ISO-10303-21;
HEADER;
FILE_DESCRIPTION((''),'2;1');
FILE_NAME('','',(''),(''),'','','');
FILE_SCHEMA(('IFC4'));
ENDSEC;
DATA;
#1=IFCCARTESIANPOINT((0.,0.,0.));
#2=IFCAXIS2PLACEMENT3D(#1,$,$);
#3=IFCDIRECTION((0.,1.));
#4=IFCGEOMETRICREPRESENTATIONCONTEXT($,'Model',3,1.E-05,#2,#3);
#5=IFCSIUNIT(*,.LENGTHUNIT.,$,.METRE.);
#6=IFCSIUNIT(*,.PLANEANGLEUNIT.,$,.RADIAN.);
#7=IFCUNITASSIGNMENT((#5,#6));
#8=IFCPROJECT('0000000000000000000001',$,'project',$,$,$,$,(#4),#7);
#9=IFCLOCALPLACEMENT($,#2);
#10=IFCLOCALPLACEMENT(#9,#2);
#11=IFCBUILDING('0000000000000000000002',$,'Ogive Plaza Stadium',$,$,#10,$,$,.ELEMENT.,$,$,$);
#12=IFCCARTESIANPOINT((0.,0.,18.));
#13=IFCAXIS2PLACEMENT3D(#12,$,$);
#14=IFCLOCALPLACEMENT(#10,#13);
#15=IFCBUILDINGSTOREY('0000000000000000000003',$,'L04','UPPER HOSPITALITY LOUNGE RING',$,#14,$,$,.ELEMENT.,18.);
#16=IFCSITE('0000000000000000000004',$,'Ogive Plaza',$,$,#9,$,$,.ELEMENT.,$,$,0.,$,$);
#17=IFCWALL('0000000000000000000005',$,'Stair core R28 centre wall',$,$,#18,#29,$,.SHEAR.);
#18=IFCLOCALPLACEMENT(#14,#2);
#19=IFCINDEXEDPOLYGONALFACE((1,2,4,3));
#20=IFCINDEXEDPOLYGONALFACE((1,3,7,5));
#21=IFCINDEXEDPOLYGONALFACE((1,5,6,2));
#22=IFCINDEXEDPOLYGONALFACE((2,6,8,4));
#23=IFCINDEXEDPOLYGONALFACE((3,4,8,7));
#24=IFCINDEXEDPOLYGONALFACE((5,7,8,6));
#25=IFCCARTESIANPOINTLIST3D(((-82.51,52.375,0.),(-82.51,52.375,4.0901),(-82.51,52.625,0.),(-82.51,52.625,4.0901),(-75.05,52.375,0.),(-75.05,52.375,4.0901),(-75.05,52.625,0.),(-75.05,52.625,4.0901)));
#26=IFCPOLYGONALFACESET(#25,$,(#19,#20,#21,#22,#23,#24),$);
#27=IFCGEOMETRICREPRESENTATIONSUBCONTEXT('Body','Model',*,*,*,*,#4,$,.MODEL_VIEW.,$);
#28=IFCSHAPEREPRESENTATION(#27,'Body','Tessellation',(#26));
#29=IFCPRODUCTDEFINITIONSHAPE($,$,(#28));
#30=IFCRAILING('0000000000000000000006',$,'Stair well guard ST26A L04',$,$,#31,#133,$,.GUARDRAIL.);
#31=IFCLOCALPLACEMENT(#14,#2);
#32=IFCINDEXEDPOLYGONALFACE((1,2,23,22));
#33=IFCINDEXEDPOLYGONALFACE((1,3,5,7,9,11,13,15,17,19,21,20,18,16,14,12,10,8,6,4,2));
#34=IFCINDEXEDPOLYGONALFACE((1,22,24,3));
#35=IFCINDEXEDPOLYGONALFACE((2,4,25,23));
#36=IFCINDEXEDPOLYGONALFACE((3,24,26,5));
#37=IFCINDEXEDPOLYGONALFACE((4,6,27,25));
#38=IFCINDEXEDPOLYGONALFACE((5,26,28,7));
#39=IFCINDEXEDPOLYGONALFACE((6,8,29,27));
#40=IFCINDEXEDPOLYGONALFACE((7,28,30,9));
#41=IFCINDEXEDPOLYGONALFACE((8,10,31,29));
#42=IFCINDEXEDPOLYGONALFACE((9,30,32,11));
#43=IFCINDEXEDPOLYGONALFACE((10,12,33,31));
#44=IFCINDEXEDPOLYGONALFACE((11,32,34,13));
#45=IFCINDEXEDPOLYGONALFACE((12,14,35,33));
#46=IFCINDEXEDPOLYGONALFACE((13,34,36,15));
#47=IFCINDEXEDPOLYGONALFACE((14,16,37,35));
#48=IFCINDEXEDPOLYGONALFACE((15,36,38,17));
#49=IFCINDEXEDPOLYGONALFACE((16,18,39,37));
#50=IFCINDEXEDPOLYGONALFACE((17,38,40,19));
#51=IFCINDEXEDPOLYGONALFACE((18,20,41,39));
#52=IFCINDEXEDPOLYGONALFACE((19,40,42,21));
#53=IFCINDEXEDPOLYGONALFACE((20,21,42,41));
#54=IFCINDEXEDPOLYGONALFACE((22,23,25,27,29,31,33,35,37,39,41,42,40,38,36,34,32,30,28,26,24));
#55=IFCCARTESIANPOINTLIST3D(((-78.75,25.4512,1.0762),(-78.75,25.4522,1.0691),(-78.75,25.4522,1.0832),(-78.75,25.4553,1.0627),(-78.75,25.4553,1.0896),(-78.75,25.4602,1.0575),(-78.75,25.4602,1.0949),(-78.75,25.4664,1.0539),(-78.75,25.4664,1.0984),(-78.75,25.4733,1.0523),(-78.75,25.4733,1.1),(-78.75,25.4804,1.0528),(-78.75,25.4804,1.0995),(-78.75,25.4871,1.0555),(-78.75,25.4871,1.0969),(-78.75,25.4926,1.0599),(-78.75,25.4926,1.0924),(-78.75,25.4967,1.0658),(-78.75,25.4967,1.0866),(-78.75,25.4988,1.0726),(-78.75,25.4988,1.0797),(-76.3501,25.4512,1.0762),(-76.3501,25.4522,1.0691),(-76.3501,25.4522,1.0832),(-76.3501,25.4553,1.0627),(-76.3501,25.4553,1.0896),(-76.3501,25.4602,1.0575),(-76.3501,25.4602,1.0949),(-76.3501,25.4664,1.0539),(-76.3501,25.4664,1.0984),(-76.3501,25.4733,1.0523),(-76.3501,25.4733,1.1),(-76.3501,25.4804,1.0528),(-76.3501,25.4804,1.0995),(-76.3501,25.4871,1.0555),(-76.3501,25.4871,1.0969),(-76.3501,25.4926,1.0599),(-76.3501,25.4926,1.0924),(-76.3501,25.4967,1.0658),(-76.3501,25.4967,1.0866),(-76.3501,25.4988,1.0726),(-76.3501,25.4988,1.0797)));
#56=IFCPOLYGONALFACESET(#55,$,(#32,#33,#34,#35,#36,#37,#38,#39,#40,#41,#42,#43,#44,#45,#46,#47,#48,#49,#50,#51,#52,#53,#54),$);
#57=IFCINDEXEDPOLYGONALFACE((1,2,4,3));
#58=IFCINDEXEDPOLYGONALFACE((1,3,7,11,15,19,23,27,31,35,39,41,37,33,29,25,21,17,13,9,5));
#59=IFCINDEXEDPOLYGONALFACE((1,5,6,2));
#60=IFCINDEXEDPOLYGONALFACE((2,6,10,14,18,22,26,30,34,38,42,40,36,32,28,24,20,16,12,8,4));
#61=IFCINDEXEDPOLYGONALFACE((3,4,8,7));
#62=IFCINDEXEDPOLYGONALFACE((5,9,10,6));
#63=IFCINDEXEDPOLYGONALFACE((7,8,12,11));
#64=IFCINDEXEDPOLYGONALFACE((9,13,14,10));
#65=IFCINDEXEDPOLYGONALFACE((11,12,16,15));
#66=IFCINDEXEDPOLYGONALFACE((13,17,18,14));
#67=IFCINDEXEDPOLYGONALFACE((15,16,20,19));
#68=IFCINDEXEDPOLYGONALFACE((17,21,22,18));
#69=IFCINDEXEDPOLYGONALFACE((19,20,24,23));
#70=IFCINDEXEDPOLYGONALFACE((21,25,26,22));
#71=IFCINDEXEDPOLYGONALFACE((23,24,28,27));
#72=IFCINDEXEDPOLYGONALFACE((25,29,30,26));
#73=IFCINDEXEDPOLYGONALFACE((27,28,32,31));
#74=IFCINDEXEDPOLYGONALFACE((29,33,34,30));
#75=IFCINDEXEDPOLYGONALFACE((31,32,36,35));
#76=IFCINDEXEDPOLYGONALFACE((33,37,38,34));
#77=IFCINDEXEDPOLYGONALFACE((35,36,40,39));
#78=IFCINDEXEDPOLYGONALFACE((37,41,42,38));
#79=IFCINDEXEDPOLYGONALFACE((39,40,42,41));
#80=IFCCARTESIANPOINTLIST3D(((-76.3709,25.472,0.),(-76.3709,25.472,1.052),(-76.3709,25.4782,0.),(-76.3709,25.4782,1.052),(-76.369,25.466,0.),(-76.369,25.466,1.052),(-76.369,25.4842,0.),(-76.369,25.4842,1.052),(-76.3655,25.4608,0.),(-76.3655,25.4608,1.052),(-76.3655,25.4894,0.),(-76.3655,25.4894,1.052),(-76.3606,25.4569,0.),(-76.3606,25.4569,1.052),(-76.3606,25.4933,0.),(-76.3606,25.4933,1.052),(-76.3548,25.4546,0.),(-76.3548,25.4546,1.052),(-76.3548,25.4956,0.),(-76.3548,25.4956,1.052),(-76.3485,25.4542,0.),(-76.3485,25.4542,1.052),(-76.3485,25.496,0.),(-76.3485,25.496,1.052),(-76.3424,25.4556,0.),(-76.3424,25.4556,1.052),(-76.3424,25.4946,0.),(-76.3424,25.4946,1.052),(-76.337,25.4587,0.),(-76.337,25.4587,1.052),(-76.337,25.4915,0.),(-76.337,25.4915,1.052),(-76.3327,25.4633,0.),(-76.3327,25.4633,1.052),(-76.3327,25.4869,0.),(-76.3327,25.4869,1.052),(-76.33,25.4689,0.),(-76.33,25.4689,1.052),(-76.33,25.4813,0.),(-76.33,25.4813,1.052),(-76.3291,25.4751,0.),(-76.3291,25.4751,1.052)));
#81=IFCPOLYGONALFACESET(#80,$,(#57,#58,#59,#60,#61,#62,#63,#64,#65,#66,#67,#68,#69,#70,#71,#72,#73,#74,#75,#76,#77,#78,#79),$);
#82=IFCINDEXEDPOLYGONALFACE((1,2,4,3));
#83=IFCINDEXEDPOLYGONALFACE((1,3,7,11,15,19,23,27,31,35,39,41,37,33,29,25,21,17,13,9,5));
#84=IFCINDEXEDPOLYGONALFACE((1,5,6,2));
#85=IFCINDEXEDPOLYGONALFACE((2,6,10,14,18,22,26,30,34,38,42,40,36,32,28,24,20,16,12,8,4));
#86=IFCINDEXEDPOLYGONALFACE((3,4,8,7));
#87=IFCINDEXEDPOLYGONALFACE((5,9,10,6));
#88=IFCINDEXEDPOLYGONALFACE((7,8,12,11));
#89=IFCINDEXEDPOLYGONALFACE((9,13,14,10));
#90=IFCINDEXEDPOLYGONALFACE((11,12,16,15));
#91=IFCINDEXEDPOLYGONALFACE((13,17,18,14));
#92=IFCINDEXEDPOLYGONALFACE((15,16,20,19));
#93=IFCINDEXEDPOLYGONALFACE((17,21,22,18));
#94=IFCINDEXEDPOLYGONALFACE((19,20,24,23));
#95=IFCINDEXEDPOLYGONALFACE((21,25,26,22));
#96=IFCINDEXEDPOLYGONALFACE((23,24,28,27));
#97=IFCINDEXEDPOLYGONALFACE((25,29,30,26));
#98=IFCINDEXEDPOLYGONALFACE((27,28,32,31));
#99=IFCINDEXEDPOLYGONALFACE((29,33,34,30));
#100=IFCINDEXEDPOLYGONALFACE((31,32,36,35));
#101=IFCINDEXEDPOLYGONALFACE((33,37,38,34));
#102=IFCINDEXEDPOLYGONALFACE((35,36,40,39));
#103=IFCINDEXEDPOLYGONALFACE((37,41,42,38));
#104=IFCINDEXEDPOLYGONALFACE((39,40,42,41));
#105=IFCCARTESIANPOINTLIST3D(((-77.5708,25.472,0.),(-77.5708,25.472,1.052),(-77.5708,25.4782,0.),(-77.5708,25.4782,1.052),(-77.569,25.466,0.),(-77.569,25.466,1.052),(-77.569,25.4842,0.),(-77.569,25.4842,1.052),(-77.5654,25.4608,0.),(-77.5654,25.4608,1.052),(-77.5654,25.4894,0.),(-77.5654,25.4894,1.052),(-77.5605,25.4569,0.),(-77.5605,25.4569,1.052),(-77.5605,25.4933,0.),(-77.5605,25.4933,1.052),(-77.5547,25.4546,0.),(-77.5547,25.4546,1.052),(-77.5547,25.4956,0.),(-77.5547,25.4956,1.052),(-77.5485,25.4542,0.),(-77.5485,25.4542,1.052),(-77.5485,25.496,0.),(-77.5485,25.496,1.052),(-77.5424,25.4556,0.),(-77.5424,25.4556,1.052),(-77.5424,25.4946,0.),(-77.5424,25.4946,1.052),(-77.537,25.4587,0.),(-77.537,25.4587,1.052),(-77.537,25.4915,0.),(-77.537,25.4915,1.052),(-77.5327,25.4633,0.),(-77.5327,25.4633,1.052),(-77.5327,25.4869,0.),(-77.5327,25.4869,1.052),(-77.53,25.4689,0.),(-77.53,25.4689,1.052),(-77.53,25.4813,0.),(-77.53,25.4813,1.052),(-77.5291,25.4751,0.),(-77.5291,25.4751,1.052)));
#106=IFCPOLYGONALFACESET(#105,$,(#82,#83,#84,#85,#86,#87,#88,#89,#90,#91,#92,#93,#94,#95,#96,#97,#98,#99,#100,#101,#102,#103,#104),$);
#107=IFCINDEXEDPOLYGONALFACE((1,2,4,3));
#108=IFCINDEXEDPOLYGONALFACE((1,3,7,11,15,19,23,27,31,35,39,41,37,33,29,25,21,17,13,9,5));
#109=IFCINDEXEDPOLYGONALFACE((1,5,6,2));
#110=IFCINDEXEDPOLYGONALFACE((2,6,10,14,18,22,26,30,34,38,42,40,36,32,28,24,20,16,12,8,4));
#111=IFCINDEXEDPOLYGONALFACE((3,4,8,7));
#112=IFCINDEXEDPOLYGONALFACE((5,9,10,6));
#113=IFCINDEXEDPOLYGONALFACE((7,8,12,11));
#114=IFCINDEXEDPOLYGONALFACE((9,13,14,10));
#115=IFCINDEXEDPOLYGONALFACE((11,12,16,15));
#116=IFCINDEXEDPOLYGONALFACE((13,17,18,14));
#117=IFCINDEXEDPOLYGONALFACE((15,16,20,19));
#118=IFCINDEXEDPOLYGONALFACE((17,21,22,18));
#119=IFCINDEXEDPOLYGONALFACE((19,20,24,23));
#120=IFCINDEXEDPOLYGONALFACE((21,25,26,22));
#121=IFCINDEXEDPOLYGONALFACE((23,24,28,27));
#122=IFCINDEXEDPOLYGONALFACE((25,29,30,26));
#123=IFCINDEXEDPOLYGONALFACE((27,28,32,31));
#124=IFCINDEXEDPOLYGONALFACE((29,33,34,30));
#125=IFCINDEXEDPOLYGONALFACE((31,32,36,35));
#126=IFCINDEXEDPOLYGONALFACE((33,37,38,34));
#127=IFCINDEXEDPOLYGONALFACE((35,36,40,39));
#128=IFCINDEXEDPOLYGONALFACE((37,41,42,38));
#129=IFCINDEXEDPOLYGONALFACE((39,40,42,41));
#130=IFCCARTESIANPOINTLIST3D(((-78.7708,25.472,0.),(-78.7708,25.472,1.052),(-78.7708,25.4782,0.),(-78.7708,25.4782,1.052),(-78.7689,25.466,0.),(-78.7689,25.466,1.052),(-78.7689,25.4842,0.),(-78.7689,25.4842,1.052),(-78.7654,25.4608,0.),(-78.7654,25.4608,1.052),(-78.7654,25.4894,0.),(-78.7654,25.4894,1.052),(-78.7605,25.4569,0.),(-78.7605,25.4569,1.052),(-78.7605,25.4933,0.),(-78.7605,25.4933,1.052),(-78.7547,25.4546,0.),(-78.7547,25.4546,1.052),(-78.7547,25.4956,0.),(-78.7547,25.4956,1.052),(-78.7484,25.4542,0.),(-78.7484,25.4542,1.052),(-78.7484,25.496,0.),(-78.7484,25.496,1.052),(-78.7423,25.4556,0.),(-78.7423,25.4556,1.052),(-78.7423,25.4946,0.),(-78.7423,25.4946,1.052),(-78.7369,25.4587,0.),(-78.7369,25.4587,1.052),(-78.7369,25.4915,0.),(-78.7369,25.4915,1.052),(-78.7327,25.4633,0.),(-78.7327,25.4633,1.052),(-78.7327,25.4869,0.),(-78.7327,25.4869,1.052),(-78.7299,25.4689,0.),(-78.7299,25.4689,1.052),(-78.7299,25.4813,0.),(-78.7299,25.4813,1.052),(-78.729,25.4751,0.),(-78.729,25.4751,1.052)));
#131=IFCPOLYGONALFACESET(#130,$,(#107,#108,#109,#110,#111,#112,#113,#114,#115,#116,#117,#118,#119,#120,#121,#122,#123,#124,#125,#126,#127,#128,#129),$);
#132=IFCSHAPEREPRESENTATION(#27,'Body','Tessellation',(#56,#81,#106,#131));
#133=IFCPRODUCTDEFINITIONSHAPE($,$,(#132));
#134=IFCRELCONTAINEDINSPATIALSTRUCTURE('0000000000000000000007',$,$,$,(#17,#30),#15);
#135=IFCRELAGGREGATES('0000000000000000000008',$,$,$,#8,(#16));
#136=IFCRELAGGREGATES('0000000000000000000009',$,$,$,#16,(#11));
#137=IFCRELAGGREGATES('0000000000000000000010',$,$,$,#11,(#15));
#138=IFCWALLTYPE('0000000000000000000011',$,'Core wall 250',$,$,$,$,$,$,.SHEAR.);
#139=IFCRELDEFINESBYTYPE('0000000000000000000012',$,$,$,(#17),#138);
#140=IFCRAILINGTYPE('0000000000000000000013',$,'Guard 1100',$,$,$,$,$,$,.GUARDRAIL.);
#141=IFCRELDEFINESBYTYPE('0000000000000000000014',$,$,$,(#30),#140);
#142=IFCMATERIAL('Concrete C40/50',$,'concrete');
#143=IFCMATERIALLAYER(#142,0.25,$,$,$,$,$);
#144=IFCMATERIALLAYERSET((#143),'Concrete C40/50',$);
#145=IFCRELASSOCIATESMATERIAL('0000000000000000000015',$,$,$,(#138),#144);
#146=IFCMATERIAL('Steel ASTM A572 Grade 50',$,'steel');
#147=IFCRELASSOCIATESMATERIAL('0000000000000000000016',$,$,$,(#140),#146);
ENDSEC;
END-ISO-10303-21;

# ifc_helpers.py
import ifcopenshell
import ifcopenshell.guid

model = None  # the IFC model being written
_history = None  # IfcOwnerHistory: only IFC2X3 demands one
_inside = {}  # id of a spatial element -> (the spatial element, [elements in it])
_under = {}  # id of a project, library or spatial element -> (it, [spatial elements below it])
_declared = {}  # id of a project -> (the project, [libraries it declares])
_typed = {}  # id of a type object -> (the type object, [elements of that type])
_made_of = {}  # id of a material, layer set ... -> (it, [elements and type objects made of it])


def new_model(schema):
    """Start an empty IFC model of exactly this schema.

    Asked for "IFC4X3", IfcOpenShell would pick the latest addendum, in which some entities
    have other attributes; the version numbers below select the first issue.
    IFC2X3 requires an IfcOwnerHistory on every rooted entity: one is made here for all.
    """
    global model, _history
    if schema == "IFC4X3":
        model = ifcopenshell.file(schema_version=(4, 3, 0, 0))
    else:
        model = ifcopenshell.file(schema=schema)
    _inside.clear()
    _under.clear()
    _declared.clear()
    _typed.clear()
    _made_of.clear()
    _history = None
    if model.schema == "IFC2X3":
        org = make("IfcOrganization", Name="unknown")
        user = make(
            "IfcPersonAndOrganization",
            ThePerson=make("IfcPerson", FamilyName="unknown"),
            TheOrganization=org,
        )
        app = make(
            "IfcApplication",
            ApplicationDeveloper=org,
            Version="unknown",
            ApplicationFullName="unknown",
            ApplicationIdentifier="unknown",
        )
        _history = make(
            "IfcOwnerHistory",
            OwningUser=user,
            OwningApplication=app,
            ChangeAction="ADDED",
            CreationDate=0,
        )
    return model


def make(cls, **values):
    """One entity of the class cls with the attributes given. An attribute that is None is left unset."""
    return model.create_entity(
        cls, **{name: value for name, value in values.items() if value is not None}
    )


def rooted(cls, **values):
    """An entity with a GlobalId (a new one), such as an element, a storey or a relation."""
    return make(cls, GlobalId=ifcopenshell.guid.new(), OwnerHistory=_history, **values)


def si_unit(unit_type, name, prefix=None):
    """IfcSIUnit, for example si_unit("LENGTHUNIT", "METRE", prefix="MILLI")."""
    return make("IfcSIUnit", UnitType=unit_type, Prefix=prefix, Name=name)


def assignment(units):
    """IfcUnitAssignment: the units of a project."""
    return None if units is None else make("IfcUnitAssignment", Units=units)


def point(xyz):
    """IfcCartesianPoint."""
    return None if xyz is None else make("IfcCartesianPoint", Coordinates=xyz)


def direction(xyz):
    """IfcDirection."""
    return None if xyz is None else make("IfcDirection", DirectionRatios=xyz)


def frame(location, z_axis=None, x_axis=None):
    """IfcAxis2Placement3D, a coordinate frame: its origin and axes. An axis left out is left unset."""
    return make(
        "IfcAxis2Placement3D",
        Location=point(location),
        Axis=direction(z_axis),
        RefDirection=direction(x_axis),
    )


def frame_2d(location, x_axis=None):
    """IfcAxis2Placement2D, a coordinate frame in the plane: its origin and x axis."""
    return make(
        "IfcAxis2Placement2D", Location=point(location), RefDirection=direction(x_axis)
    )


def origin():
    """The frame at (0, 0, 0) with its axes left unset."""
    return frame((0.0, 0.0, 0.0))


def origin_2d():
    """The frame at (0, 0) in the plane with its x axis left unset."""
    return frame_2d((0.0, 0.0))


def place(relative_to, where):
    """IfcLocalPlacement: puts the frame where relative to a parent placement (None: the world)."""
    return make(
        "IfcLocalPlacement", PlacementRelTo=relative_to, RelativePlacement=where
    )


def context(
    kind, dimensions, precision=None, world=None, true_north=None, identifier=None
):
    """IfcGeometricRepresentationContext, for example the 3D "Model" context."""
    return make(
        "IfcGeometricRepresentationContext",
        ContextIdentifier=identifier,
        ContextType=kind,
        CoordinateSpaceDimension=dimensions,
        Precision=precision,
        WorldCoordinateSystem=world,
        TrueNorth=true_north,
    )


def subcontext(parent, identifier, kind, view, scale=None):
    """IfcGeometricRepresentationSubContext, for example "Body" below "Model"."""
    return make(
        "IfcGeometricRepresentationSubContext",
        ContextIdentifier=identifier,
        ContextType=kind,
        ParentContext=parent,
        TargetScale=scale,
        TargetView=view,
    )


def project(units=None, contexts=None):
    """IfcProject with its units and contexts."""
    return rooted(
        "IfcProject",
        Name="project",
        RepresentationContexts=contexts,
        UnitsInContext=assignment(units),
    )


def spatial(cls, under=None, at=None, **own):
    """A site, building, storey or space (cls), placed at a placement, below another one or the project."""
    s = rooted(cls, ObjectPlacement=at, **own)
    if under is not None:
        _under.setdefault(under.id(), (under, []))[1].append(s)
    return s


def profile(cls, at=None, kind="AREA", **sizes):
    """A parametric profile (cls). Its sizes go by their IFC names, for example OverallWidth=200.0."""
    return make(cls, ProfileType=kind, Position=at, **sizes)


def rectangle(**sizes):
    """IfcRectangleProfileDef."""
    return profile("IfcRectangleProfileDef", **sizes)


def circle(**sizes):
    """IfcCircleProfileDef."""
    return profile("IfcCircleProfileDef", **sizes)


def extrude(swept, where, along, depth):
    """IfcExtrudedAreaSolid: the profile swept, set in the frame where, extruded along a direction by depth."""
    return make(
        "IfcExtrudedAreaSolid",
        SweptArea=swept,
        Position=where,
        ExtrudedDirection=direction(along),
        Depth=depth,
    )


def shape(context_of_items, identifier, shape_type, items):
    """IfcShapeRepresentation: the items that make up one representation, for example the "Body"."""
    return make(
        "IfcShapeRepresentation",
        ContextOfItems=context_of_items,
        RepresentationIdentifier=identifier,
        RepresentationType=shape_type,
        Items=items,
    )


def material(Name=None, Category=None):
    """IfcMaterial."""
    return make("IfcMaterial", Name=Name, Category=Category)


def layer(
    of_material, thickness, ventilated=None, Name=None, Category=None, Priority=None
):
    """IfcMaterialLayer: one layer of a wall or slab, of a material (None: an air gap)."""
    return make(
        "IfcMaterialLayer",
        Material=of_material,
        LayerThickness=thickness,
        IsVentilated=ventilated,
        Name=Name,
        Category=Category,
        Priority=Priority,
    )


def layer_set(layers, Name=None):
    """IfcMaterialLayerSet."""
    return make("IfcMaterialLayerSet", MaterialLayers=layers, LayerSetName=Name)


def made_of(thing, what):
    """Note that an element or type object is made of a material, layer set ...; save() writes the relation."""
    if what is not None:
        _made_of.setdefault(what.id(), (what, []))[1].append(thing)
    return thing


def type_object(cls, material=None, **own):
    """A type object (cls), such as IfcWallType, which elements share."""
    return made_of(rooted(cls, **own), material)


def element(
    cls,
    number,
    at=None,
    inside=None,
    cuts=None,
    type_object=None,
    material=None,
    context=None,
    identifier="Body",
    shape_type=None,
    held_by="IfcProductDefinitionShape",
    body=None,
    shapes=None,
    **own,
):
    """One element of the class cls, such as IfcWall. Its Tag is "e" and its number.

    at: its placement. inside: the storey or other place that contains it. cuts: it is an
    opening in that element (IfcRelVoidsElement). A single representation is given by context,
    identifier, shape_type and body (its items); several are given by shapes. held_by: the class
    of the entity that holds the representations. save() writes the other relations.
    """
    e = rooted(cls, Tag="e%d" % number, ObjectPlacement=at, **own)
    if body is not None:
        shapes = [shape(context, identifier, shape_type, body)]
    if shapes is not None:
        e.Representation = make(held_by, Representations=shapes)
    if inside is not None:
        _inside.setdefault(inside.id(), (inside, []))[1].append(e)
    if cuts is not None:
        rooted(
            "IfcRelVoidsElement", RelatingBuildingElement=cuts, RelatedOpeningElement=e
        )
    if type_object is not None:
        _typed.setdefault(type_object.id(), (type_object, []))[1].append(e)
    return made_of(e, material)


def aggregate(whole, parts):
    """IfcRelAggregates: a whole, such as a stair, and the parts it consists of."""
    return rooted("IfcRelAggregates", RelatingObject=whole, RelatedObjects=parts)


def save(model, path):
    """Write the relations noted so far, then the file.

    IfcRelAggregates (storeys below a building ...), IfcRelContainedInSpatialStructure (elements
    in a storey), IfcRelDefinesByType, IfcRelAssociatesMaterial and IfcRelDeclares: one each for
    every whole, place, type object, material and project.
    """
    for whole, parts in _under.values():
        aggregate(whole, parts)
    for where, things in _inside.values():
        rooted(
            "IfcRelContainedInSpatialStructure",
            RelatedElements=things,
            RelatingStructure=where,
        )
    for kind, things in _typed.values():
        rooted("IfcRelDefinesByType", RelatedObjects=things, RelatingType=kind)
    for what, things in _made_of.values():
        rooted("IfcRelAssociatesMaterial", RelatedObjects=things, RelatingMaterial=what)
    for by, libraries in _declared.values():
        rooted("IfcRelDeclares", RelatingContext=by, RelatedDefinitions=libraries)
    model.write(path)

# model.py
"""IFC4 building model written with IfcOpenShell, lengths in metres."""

from ifc_helpers import new_model, si_unit, direction, frame, frame_2d, origin, origin_2d, place, context, subcontext, project, spatial, rectangle, circle, extrude, material, layer, layer_set, type_object, element, save


model = new_model("IFC4")

# Units and contexts
model_context = context("Model", 3, precision=1e-05, world=origin(), true_north=direction((0.0, 1.0)))
body_context = subcontext(model_context, "Body", "Model", "MODEL_VIEW")
ifc_project = project(units=[si_unit("LENGTHUNIT", "METRE"), si_unit("PLANEANGLEUNIT", "RADIAN")], contexts=[model_context])

# Site, building, storey
site_placement = place(None, origin())
site = spatial("IfcSite", under=ifc_project, at=site_placement, Name="Ogive Plaza", CompositionType="ELEMENT", RefElevation=0.0)
building_placement = place(site_placement, origin())
building = spatial("IfcBuilding", under=site, at=building_placement, Name="Ogive Plaza Stadium", CompositionType="ELEMENT")
storey_placement = place(building_placement, frame((0.0, 0.0, 18.0)))
storey = spatial("IfcBuildingStorey", under=building, at=storey_placement, Name="L04", Description="UPPER HOSPITALITY LOUNGE RING", CompositionType="ELEMENT", Elevation=18.0)

# Shared definitions
ifc_material_1 = material(Name="Concrete C40/50", Category="concrete")
ifc_layer = layer(ifc_material_1, 0.25)
ifc_layer_set = layer_set([ifc_layer], Name="Concrete C40/50")
wall_type = type_object("IfcWallType", Name="Core wall 250", PredefinedType="SHEAR", material=ifc_layer_set)

# Wall
for number, where, z_axis, x_axis, name in (
    (1, (-75.05, 52.5, 0.0), (0.0, 0.0, 1.0), (-1.0, 0.0, 0.0), "Stair core R28 centre wall"),
):
    element("IfcWall", number, at=place(storey_placement, frame(where, z_axis=z_axis, x_axis=x_axis)), inside=storey, type_object=wall_type, Name=name, PredefinedType="SHEAR", context=body_context, shape_type="SweptSolid", body=[
        extrude(rectangle(XDim=7.46, YDim=0.25, at=frame_2d((3.73, 0.0))), origin(), (0.0, 0.0, 1.0), 4.0901),
    ])

# Railing
ifc_material_2 = material(Name="Steel ASTM A572 Grade 50", Category="steel")
railing_type_1 = type_object("IfcRailingType", Name="Guard 1100", PredefinedType="GUARDRAIL", material=ifc_material_2)
for number, where, name in (
    (2, (-76.3501, 25.4751, 0.0), "Stair well guard ST26A L04"),
):
    element("IfcRailing", number, at=place(storey_placement, frame(where)), inside=storey, type_object=railing_type_1, Name=name, PredefinedType="GUARDRAIL", context=body_context, shape_type="SweptSolid", body=[
        extrude(circle(Radius=0.0239, at=origin_2d()), frame((0.0, 0.0, 1.0762), z_axis=(-1.0, 0.0, 0.0), x_axis=(0.0, -1.0, 0.0)), (0.0, 0.0, 1.0), 2.3999),
        extrude(circle(Radius=0.021, at=origin_2d()), origin(), (0.0, 0.0, 1.0), 1.052),
        extrude(circle(Radius=0.021, at=origin_2d()), frame((-1.2, 0.0, 0.0)), (0.0, 0.0, 1.0), 1.052),
        extrude(circle(Radius=0.021, at=origin_2d()), frame((-2.3999, 0.0, 0.0)), (0.0, 0.0, 1.0), 1.052),
    ])

save(model, "model.ifc")
